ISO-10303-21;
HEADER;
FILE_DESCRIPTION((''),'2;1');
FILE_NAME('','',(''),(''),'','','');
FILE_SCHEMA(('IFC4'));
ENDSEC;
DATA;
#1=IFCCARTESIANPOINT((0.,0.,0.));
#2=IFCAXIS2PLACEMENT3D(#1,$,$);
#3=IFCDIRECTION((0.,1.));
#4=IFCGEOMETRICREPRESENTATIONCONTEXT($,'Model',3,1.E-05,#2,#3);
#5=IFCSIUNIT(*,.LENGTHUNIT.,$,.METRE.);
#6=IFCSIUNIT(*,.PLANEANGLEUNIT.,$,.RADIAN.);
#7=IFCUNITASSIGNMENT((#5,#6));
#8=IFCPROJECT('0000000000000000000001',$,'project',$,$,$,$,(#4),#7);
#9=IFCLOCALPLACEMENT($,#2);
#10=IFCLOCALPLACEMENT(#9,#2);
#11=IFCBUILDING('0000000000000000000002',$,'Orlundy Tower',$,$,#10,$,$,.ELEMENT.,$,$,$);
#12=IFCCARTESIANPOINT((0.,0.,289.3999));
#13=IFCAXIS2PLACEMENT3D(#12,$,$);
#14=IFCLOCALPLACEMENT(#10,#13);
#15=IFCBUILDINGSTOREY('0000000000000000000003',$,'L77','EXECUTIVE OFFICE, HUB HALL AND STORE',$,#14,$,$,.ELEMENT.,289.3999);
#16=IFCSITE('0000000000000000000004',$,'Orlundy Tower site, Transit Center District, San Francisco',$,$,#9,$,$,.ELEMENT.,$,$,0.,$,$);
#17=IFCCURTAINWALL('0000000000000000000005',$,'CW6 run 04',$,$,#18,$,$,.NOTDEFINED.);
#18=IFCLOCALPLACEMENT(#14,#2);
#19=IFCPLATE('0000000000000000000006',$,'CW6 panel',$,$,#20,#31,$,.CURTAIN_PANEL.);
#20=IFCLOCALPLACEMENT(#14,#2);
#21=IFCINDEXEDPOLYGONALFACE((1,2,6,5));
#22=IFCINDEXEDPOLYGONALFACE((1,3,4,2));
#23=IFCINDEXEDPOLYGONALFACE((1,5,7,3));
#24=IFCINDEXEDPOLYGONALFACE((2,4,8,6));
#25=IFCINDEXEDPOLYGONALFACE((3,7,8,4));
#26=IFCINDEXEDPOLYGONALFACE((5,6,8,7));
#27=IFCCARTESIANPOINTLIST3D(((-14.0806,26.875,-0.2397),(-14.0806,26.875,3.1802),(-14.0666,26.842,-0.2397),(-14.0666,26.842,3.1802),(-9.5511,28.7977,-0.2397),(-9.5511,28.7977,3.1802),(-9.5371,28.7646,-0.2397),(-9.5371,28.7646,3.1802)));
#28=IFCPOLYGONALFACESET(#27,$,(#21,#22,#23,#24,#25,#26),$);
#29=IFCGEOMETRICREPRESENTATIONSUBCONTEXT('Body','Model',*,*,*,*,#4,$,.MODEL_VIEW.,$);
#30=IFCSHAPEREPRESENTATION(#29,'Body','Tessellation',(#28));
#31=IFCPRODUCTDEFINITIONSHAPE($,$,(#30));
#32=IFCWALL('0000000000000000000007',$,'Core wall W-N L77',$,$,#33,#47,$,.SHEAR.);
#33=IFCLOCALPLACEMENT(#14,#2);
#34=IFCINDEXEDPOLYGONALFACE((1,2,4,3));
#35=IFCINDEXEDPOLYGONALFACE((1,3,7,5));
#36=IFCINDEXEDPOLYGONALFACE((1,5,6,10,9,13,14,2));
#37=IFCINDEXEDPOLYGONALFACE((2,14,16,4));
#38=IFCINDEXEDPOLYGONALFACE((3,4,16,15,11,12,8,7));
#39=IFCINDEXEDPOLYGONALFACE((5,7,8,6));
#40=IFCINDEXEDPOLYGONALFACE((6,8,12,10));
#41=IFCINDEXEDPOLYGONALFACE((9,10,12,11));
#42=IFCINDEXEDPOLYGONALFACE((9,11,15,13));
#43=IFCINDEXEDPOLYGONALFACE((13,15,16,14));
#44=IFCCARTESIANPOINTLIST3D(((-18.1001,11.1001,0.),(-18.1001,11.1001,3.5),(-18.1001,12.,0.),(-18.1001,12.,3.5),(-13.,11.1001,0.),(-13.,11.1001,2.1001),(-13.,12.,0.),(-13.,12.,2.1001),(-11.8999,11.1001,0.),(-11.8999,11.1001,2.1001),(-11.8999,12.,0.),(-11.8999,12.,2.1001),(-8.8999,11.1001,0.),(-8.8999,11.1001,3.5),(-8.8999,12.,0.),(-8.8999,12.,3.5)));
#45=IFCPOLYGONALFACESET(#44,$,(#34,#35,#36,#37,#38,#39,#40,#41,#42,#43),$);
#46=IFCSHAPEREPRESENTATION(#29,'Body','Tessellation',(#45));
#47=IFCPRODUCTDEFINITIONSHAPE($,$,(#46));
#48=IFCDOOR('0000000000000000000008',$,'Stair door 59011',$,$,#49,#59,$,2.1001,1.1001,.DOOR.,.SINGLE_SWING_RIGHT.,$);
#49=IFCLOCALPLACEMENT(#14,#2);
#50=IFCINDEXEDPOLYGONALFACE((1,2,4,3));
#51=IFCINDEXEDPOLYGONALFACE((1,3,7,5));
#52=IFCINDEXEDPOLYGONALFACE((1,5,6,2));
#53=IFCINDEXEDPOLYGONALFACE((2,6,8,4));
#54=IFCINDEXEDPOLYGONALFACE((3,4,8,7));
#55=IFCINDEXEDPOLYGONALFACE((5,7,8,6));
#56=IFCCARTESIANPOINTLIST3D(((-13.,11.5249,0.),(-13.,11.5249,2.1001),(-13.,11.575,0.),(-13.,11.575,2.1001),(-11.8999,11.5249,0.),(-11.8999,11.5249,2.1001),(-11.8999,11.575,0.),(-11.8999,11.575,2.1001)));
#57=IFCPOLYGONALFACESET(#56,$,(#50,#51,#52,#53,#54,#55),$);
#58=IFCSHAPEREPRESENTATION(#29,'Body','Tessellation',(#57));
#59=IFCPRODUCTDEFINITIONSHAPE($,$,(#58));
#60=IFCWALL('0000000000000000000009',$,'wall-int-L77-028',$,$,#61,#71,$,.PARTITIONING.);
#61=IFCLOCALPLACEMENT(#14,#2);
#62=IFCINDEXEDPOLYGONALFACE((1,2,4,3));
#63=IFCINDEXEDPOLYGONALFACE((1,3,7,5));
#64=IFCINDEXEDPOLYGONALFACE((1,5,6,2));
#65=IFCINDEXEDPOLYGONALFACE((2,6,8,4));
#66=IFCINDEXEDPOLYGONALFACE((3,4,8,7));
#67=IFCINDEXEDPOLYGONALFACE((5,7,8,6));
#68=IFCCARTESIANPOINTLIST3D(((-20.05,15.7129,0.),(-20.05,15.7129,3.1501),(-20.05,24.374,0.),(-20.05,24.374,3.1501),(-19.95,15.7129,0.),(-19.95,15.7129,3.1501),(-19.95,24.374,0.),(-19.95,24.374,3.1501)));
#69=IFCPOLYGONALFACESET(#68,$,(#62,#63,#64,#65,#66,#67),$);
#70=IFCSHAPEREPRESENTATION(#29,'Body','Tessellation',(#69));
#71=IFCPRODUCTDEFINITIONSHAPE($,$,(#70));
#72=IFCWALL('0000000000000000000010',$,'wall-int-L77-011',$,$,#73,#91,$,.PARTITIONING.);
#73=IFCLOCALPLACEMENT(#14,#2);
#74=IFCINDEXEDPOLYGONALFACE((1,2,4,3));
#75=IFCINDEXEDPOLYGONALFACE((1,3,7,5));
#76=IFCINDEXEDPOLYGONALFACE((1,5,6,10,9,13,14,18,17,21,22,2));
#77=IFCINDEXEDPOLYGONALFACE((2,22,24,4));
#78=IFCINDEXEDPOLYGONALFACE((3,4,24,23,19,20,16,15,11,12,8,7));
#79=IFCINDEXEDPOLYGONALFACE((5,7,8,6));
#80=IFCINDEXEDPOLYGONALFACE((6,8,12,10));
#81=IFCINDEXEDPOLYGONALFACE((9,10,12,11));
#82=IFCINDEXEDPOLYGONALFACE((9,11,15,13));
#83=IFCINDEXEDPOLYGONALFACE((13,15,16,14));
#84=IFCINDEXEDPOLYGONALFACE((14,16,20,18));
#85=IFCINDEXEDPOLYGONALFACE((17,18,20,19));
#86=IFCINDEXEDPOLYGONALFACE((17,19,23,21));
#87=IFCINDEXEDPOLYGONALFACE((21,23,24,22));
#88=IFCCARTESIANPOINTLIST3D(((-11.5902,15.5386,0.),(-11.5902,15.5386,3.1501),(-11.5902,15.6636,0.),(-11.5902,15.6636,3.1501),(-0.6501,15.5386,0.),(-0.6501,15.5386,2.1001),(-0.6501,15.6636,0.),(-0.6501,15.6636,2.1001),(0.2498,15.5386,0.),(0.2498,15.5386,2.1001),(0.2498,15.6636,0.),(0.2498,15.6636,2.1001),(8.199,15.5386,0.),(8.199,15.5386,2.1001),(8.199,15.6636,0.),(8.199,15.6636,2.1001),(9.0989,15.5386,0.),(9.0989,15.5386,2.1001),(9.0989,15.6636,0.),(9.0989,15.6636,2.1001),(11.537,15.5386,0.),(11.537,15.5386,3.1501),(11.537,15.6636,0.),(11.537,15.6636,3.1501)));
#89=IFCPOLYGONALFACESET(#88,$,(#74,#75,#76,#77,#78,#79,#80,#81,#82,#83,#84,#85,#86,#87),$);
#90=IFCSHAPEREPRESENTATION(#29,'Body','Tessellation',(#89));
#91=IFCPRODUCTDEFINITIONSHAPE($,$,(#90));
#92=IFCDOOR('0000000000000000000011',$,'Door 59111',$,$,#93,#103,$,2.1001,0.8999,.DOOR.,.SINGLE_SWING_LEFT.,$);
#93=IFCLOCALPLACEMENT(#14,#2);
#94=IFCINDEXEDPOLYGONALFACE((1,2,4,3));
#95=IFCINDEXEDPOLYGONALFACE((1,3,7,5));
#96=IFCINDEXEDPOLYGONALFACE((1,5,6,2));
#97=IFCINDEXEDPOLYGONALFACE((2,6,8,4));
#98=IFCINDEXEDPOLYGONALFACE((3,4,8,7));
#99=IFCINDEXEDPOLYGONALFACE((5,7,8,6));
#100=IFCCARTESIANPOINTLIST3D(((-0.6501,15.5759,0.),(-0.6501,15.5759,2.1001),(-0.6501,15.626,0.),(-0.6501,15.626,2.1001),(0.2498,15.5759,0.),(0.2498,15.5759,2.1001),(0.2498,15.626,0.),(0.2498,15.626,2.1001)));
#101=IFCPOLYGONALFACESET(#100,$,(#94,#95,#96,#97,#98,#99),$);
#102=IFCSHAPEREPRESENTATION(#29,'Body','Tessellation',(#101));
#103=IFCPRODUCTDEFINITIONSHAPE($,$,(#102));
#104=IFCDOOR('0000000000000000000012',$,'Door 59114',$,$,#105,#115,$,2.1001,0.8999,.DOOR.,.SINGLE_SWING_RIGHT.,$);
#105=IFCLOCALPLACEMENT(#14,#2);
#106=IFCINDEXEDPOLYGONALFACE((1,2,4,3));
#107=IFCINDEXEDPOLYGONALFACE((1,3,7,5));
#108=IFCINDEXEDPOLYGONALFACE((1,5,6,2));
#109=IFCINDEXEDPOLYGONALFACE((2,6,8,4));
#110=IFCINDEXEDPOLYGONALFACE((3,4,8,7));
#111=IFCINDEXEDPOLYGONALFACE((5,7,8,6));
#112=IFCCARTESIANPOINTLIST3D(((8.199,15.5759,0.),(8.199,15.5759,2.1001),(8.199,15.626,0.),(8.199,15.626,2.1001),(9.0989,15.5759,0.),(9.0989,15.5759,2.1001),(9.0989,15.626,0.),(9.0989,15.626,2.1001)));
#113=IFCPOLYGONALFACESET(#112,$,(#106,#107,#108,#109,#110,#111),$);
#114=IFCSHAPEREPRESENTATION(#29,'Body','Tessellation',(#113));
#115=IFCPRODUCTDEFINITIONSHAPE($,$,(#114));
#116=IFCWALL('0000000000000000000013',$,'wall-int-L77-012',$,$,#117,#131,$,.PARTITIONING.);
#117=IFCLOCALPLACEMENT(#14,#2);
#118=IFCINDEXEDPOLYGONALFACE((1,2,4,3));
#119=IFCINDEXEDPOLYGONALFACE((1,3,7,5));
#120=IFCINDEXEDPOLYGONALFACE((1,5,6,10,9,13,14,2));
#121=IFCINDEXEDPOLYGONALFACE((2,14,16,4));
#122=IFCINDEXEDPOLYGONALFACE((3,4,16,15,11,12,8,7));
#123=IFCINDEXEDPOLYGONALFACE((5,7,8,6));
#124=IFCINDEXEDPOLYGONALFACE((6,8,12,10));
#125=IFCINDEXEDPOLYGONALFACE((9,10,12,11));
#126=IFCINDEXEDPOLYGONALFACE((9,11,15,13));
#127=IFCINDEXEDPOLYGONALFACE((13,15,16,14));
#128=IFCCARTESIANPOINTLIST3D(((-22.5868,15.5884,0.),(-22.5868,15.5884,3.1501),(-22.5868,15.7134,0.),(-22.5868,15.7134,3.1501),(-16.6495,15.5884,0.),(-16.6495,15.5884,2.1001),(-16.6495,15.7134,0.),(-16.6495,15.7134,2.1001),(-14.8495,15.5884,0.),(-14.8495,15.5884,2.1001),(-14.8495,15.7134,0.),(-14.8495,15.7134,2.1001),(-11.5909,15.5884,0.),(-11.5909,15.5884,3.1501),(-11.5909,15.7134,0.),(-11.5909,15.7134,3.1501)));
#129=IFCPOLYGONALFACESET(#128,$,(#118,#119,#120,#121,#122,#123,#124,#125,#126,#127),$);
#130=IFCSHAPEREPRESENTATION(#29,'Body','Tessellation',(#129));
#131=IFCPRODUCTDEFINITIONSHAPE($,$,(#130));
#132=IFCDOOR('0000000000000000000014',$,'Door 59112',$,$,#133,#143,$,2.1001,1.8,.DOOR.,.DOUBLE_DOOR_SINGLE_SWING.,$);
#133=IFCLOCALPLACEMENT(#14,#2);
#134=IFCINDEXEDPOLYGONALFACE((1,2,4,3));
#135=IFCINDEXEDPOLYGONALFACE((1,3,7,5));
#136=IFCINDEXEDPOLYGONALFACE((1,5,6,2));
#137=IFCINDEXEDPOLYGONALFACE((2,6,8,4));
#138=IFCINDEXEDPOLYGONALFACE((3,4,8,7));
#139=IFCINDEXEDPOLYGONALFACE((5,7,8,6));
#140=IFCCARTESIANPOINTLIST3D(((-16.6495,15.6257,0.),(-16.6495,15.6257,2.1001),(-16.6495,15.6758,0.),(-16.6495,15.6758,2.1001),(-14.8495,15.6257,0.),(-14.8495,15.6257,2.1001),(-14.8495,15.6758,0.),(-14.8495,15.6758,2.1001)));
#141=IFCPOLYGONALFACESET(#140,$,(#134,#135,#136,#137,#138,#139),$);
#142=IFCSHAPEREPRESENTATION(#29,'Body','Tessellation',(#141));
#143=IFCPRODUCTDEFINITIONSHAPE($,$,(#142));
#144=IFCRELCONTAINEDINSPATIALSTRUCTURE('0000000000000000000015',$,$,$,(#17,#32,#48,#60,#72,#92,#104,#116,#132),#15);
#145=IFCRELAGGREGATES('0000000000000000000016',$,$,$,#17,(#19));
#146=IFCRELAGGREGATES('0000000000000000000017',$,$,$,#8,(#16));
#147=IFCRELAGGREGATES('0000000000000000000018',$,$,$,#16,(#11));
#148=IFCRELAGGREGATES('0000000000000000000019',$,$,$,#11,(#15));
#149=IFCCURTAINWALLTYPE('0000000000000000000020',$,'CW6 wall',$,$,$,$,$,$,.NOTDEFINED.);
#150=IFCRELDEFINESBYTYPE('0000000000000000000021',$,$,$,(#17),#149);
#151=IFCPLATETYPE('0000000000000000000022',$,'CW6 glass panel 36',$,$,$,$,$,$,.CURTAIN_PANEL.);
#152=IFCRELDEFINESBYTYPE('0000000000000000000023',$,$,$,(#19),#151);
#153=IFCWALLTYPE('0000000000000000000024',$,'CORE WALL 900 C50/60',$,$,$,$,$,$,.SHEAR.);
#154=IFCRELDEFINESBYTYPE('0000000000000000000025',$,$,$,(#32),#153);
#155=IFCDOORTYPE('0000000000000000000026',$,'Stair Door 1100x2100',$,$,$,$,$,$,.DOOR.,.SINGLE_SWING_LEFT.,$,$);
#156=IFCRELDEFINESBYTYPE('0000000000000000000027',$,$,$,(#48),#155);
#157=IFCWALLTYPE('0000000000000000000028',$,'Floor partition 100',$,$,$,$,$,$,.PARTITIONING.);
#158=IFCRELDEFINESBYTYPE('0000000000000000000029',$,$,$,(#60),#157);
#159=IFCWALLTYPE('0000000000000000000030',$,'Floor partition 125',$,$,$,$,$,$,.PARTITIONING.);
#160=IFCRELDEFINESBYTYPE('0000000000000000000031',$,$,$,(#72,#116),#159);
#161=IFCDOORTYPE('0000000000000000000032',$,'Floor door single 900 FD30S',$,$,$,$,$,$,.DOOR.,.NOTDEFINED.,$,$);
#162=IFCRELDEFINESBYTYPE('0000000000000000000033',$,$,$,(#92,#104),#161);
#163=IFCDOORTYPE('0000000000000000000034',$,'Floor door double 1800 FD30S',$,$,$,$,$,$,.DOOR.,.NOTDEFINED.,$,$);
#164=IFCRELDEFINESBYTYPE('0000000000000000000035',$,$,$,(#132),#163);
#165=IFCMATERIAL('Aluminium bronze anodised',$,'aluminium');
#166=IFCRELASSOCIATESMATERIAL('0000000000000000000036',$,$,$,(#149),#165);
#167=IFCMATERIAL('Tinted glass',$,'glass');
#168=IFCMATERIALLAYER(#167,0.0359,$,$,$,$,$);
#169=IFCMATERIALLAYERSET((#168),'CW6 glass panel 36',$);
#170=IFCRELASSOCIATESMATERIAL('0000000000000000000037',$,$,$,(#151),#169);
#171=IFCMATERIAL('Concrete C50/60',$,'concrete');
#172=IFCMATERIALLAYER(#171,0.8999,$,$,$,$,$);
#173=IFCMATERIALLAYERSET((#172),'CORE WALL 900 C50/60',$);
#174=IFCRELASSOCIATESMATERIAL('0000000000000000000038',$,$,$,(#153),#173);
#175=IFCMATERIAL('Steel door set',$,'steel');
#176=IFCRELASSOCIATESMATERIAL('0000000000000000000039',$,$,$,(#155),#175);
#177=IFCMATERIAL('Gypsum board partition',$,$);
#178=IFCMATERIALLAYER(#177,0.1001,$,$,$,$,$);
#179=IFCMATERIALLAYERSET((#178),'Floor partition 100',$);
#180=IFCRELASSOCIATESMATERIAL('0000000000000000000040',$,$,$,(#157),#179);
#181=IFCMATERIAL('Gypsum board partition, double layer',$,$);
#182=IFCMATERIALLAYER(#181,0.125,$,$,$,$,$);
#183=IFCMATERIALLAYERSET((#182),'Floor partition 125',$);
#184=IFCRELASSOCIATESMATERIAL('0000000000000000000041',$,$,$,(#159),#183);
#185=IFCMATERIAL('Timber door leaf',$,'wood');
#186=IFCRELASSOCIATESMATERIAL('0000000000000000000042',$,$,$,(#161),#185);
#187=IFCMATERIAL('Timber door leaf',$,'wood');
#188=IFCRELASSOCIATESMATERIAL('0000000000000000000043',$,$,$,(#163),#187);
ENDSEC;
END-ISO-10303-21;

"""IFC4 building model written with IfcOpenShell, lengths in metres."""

from ifc_helpers import new_model, si_unit, direction, frame, frame_2d, origin, origin_2d, place, context, subcontext, project, spatial, rectangle, extrude, material, layer, layer_set, type_object, element, fill, aggregate, save


model = new_model("IFC4")

# Units and contexts
model_context = context("Model", 3, precision=1e-05, world=origin(), true_north=direction((0.0, 1.0)))
body_context = subcontext(model_context, "Body", "Model", "MODEL_VIEW")
ifc_project = project(units=[si_unit("LENGTHUNIT", "METRE"), si_unit("PLANEANGLEUNIT", "RADIAN")], contexts=[model_context])

# Site, building, storey
site_placement = place(None, origin())
site = spatial("IfcSite", under=ifc_project, at=site_placement, Name="Orlundy Tower site, Transit Center District, San Francisco", CompositionType="ELEMENT", RefElevation=0.0)
building_placement = place(site_placement, origin())
building = spatial("IfcBuilding", under=site, at=building_placement, Name="Orlundy Tower", CompositionType="ELEMENT")
storey_placement = place(building_placement, frame((0.0, 0.0, 289.3999)))
storey = spatial("IfcBuildingStorey", under=building, at=storey_placement, Name="L77", Description="EXECUTIVE OFFICE, HUB HALL AND STORE", CompositionType="ELEMENT", Elevation=289.3999)

# Curtain wall
ifc_material_1 = material(Name="Aluminium bronze anodised", Category="aluminium")
curtain_wall_type = type_object("IfcCurtainWallType", Name="CW6 wall", PredefinedType="NOTDEFINED", material=ifc_material_1)
curtain_wall_1_placement = place(storey_placement, origin())
curtain_wall_1 = element("IfcCurtainWall", 1, at=curtain_wall_1_placement, inside=storey, type_object=curtain_wall_type, Name="CW6 run 04", PredefinedType="NOTDEFINED")

# Plate
ifc_material_2 = material(Name="Tinted glass", Category="glass")
ifc_layer_1 = layer(ifc_material_2, 0.0359)
ifc_layer_set_1 = layer_set([ifc_layer_1], Name="CW6 glass panel 36")
plate_type = type_object("IfcPlateType", Name="CW6 glass panel 36", PredefinedType="CURTAIN_PANEL", material=ifc_layer_set_1)
plate_1_placement = place(storey_placement, frame((-11.8088, 27.8198, -0.2397), z_axis=(0.0, 0.0, 1.0), x_axis=(0.920507, 0.390727, 0.0)))
plate_1 = element("IfcPlate", 2, at=plate_1_placement, type_object=plate_type, Name="CW6 panel", PredefinedType="CURTAIN_PANEL", context=body_context, shape_type="SweptSolid", body=[
    extrude(rectangle(XDim=4.9207, YDim=0.0359, at=origin_2d()), origin(), (0.0, 0.0, 1.0), 3.4199),
])
aggregate(curtain_wall_1, [plate_1])

# Wall, opening, door
ifc_material_3 = material(Name="Concrete C50/60", Category="concrete")
ifc_layer_2 = layer(ifc_material_3, 0.8999)
ifc_layer_set_2 = layer_set([ifc_layer_2], Name="CORE WALL 900 C50/60")
wall_type_1 = type_object("IfcWallType", Name="CORE WALL 900 C50/60", PredefinedType="SHEAR", material=ifc_layer_set_2)
wall_1_placement = place(storey_placement, frame((-18.1001, 11.55, 0.0), z_axis=(0.0, 0.0, 1.0), x_axis=(1.0, 0.0, 0.0)))
wall_1 = element("IfcWall", 3, at=wall_1_placement, inside=storey, type_object=wall_type_1, Name="Core wall W-N L77", PredefinedType="SHEAR", context=body_context, shape_type="SweptSolid", body=[
    extrude(rectangle(XDim=9.2002, YDim=0.8999, at=frame_2d((4.6001, 0.0))), origin(), (0.0, 0.0, 1.0), 3.5),
])
opening_1_placement = place(wall_1_placement, frame((5.1001, 0.0, 0.0)))
opening_1 = element("IfcOpeningElement", 4, at=opening_1_placement, cuts=wall_1, PredefinedType="OPENING", context=body_context, shape_type="SweptSolid", body=[
    extrude(rectangle(XDim=1.1001, YDim=2.1001, at=frame_2d((0.55, 1.05))), frame((0.0, 0.46, 0.0), z_axis=(0.0, -1.0, 0.0), x_axis=(1.0, 0.0, 0.0)), (0.0, 0.0, 1.0), 0.9199),
])
ifc_material_4 = material(Name="Steel door set", Category="steel")
door_type_1 = type_object("IfcDoorType", Name="Stair Door 1100x2100", OperationType="SINGLE_SWING_LEFT", PredefinedType="DOOR", material=ifc_material_4)
door_1_placement = place(opening_1_placement, origin())
door_1 = element("IfcDoor", 5, at=door_1_placement, inside=storey, type_object=door_type_1, Name="Stair door 59011", OperationType="SINGLE_SWING_RIGHT", OverallHeight=2.1001, OverallWidth=1.1001, PredefinedType="DOOR", context=body_context, shape_type="SweptSolid", body=[
    extrude(rectangle(XDim=1.1001, YDim=2.1001, at=frame_2d((0.55, 1.05))), frame((0.0, 0.0249, 0.0), z_axis=(0.0, -1.0, 0.0), x_axis=(1.0, 0.0, 0.0)), (0.0, 0.0, 1.0), 0.05),
])
fill(opening_1, door_1)

# Wall
ifc_material_5 = material(Name="Gypsum board partition")
ifc_layer_3 = layer(ifc_material_5, 0.1001)
ifc_layer_set_3 = layer_set([ifc_layer_3], Name="Floor partition 100")
wall_type_2 = type_object("IfcWallType", Name="Floor partition 100", PredefinedType="PARTITIONING", material=ifc_layer_set_3)
wall_2_placement = place(storey_placement, frame((-20.0, 15.7129, 0.0), z_axis=(0.0, 0.0, 1.0), x_axis=(0.0, 1.0, 0.0)))
element("IfcWall", 6, at=wall_2_placement, inside=storey, type_object=wall_type_2, Name="wall-int-L77-028", PredefinedType="PARTITIONING", context=body_context, shape_type="SweptSolid", body=[
    extrude(rectangle(XDim=8.6611, YDim=0.1001, at=frame_2d((4.3306, 0.0))), origin(), (0.0, 0.0, 1.0), 3.1501),
])

# Wall, openings, doors
ifc_material_6 = material(Name="Gypsum board partition, double layer")
ifc_layer_4 = layer(ifc_material_6, 0.125)
ifc_layer_set_4 = layer_set([ifc_layer_4], Name="Floor partition 125")
wall_type_3 = type_object("IfcWallType", Name="Floor partition 125", PredefinedType="PARTITIONING", material=ifc_layer_set_4)
wall_3_placement = place(storey_placement, frame((-11.5901, 15.6011, 0.0), z_axis=(0.0, 0.0, 1.0), x_axis=(1.0, 0.0, 0.0)))
wall_3 = element("IfcWall", 7, at=wall_3_placement, inside=storey, type_object=wall_type_3, Name="wall-int-L77-011", PredefinedType="PARTITIONING", context=body_context, shape_type="SweptSolid", body=[
    extrude(rectangle(XDim=23.1272, YDim=0.125, at=frame_2d((11.5635, 0.0))), origin(), (0.0, 0.0, 1.0), 3.1501),
])
opening_2_placement = place(wall_3_placement, frame((10.9399, 0.0, 0.0)))
opening_2 = element("IfcOpeningElement", 8, at=opening_2_placement, cuts=wall_3, PredefinedType="OPENING", context=body_context, shape_type="SweptSolid", body=[
    extrude(rectangle(XDim=0.8999, YDim=2.1001, at=frame_2d((0.45, 1.05))), frame((0.0, 0.0725, 0.0), z_axis=(0.0, -1.0, 0.0), x_axis=(1.0, 0.0, 0.0)), (0.0, 0.0, 1.0), 0.145),
])
opening_3_placement = place(wall_3_placement, frame((19.7891, 0.0, 0.0)))
opening_3 = element("IfcOpeningElement", 9, at=opening_3_placement, cuts=wall_3, PredefinedType="OPENING", context=body_context, shape_type="SweptSolid", body=[
    extrude(rectangle(XDim=0.8999, YDim=2.1001, at=frame_2d((0.45, 1.05))), frame((0.0, 0.0725, 0.0), z_axis=(0.0, -1.0, 0.0), x_axis=(1.0, 0.0, 0.0)), (0.0, 0.0, 1.0), 0.145),
])
ifc_material_7 = material(Name="Timber door leaf", Category="wood")
door_type_2 = type_object("IfcDoorType", Name="Floor door single 900 FD30S", OperationType="NOTDEFINED", PredefinedType="DOOR", material=ifc_material_7)
door_2_placement = place(opening_2_placement, origin())
door_2 = element("IfcDoor", 10, at=door_2_placement, inside=storey, type_object=door_type_2, Name="Door 59111", OperationType="SINGLE_SWING_LEFT", OverallHeight=2.1001, OverallWidth=0.8999, PredefinedType="DOOR", context=body_context, shape_type="SweptSolid", body=[
    extrude(rectangle(XDim=0.8999, YDim=2.1001, at=frame_2d((0.45, 1.05))), frame((0.0, 0.0249, 0.0), z_axis=(0.0, -1.0, 0.0), x_axis=(1.0, 0.0, 0.0)), (0.0, 0.0, 1.0), 0.05),
])
fill(opening_2, door_2)
door_3_placement = place(opening_3_placement, origin())
door_3 = element("IfcDoor", 11, at=door_3_placement, inside=storey, type_object=door_type_2, Name="Door 59114", OperationType="SINGLE_SWING_RIGHT", OverallHeight=2.1001, OverallWidth=0.8999, PredefinedType="DOOR", context=body_context, shape_type="SweptSolid", body=[
    extrude(rectangle(XDim=0.8999, YDim=2.1001, at=frame_2d((0.45, 1.05))), frame((0.0, 0.0249, 0.0), z_axis=(0.0, -1.0, 0.0), x_axis=(1.0, 0.0, 0.0)), (0.0, 0.0, 1.0), 0.05),
])
fill(opening_3, door_3)

# Wall, opening, door
wall_4_placement = place(storey_placement, frame((-22.5869, 15.6509, 0.0), z_axis=(0.0, 0.0, 1.0), x_axis=(1.0, 0.0, 0.0)))
wall_4 = element("IfcWall", 12, at=wall_4_placement, inside=storey, type_object=wall_type_3, Name="wall-int-L77-012", PredefinedType="PARTITIONING", context=body_context, shape_type="SweptSolid", body=[
    extrude(rectangle(XDim=10.9958, YDim=0.125, at=frame_2d((5.498, 0.0))), origin(), (0.0, 0.0, 1.0), 3.1501),
])
opening_4_placement = place(wall_4_placement, frame((5.9375, 0.0, 0.0)))
opening_4 = element("IfcOpeningElement", 13, at=opening_4_placement, cuts=wall_4, PredefinedType="OPENING", context=body_context, shape_type="SweptSolid", body=[
    extrude(rectangle(XDim=1.8, YDim=2.1001, at=frame_2d((0.8999, 1.05))), frame((0.0, 0.0725, 0.0), z_axis=(0.0, -1.0, 0.0), x_axis=(1.0, 0.0, 0.0)), (0.0, 0.0, 1.0), 0.145),
])
ifc_material_8 = material(Name="Timber door leaf", Category="wood")
door_type_3 = type_object("IfcDoorType", Name="Floor door double 1800 FD30S", OperationType="NOTDEFINED", PredefinedType="DOOR", material=ifc_material_8)
door_4_placement = place(opening_4_placement, origin())
door_4 = element("IfcDoor", 14, at=door_4_placement, inside=storey, type_object=door_type_3, Name="Door 59112", OperationType="DOUBLE_DOOR_SINGLE_SWING", OverallHeight=2.1001, OverallWidth=1.8, PredefinedType="DOOR", context=body_context, shape_type="SweptSolid", body=[
    extrude(rectangle(XDim=1.8, YDim=2.1001, at=frame_2d((0.8999, 1.05))), frame((0.0, 0.0249, 0.0), z_axis=(0.0, -1.0, 0.0), x_axis=(1.0, 0.0, 0.0)), (0.0, 0.0, 1.0), 0.05),
])
fill(opening_4, door_4)

save(model, "model.ifc")
